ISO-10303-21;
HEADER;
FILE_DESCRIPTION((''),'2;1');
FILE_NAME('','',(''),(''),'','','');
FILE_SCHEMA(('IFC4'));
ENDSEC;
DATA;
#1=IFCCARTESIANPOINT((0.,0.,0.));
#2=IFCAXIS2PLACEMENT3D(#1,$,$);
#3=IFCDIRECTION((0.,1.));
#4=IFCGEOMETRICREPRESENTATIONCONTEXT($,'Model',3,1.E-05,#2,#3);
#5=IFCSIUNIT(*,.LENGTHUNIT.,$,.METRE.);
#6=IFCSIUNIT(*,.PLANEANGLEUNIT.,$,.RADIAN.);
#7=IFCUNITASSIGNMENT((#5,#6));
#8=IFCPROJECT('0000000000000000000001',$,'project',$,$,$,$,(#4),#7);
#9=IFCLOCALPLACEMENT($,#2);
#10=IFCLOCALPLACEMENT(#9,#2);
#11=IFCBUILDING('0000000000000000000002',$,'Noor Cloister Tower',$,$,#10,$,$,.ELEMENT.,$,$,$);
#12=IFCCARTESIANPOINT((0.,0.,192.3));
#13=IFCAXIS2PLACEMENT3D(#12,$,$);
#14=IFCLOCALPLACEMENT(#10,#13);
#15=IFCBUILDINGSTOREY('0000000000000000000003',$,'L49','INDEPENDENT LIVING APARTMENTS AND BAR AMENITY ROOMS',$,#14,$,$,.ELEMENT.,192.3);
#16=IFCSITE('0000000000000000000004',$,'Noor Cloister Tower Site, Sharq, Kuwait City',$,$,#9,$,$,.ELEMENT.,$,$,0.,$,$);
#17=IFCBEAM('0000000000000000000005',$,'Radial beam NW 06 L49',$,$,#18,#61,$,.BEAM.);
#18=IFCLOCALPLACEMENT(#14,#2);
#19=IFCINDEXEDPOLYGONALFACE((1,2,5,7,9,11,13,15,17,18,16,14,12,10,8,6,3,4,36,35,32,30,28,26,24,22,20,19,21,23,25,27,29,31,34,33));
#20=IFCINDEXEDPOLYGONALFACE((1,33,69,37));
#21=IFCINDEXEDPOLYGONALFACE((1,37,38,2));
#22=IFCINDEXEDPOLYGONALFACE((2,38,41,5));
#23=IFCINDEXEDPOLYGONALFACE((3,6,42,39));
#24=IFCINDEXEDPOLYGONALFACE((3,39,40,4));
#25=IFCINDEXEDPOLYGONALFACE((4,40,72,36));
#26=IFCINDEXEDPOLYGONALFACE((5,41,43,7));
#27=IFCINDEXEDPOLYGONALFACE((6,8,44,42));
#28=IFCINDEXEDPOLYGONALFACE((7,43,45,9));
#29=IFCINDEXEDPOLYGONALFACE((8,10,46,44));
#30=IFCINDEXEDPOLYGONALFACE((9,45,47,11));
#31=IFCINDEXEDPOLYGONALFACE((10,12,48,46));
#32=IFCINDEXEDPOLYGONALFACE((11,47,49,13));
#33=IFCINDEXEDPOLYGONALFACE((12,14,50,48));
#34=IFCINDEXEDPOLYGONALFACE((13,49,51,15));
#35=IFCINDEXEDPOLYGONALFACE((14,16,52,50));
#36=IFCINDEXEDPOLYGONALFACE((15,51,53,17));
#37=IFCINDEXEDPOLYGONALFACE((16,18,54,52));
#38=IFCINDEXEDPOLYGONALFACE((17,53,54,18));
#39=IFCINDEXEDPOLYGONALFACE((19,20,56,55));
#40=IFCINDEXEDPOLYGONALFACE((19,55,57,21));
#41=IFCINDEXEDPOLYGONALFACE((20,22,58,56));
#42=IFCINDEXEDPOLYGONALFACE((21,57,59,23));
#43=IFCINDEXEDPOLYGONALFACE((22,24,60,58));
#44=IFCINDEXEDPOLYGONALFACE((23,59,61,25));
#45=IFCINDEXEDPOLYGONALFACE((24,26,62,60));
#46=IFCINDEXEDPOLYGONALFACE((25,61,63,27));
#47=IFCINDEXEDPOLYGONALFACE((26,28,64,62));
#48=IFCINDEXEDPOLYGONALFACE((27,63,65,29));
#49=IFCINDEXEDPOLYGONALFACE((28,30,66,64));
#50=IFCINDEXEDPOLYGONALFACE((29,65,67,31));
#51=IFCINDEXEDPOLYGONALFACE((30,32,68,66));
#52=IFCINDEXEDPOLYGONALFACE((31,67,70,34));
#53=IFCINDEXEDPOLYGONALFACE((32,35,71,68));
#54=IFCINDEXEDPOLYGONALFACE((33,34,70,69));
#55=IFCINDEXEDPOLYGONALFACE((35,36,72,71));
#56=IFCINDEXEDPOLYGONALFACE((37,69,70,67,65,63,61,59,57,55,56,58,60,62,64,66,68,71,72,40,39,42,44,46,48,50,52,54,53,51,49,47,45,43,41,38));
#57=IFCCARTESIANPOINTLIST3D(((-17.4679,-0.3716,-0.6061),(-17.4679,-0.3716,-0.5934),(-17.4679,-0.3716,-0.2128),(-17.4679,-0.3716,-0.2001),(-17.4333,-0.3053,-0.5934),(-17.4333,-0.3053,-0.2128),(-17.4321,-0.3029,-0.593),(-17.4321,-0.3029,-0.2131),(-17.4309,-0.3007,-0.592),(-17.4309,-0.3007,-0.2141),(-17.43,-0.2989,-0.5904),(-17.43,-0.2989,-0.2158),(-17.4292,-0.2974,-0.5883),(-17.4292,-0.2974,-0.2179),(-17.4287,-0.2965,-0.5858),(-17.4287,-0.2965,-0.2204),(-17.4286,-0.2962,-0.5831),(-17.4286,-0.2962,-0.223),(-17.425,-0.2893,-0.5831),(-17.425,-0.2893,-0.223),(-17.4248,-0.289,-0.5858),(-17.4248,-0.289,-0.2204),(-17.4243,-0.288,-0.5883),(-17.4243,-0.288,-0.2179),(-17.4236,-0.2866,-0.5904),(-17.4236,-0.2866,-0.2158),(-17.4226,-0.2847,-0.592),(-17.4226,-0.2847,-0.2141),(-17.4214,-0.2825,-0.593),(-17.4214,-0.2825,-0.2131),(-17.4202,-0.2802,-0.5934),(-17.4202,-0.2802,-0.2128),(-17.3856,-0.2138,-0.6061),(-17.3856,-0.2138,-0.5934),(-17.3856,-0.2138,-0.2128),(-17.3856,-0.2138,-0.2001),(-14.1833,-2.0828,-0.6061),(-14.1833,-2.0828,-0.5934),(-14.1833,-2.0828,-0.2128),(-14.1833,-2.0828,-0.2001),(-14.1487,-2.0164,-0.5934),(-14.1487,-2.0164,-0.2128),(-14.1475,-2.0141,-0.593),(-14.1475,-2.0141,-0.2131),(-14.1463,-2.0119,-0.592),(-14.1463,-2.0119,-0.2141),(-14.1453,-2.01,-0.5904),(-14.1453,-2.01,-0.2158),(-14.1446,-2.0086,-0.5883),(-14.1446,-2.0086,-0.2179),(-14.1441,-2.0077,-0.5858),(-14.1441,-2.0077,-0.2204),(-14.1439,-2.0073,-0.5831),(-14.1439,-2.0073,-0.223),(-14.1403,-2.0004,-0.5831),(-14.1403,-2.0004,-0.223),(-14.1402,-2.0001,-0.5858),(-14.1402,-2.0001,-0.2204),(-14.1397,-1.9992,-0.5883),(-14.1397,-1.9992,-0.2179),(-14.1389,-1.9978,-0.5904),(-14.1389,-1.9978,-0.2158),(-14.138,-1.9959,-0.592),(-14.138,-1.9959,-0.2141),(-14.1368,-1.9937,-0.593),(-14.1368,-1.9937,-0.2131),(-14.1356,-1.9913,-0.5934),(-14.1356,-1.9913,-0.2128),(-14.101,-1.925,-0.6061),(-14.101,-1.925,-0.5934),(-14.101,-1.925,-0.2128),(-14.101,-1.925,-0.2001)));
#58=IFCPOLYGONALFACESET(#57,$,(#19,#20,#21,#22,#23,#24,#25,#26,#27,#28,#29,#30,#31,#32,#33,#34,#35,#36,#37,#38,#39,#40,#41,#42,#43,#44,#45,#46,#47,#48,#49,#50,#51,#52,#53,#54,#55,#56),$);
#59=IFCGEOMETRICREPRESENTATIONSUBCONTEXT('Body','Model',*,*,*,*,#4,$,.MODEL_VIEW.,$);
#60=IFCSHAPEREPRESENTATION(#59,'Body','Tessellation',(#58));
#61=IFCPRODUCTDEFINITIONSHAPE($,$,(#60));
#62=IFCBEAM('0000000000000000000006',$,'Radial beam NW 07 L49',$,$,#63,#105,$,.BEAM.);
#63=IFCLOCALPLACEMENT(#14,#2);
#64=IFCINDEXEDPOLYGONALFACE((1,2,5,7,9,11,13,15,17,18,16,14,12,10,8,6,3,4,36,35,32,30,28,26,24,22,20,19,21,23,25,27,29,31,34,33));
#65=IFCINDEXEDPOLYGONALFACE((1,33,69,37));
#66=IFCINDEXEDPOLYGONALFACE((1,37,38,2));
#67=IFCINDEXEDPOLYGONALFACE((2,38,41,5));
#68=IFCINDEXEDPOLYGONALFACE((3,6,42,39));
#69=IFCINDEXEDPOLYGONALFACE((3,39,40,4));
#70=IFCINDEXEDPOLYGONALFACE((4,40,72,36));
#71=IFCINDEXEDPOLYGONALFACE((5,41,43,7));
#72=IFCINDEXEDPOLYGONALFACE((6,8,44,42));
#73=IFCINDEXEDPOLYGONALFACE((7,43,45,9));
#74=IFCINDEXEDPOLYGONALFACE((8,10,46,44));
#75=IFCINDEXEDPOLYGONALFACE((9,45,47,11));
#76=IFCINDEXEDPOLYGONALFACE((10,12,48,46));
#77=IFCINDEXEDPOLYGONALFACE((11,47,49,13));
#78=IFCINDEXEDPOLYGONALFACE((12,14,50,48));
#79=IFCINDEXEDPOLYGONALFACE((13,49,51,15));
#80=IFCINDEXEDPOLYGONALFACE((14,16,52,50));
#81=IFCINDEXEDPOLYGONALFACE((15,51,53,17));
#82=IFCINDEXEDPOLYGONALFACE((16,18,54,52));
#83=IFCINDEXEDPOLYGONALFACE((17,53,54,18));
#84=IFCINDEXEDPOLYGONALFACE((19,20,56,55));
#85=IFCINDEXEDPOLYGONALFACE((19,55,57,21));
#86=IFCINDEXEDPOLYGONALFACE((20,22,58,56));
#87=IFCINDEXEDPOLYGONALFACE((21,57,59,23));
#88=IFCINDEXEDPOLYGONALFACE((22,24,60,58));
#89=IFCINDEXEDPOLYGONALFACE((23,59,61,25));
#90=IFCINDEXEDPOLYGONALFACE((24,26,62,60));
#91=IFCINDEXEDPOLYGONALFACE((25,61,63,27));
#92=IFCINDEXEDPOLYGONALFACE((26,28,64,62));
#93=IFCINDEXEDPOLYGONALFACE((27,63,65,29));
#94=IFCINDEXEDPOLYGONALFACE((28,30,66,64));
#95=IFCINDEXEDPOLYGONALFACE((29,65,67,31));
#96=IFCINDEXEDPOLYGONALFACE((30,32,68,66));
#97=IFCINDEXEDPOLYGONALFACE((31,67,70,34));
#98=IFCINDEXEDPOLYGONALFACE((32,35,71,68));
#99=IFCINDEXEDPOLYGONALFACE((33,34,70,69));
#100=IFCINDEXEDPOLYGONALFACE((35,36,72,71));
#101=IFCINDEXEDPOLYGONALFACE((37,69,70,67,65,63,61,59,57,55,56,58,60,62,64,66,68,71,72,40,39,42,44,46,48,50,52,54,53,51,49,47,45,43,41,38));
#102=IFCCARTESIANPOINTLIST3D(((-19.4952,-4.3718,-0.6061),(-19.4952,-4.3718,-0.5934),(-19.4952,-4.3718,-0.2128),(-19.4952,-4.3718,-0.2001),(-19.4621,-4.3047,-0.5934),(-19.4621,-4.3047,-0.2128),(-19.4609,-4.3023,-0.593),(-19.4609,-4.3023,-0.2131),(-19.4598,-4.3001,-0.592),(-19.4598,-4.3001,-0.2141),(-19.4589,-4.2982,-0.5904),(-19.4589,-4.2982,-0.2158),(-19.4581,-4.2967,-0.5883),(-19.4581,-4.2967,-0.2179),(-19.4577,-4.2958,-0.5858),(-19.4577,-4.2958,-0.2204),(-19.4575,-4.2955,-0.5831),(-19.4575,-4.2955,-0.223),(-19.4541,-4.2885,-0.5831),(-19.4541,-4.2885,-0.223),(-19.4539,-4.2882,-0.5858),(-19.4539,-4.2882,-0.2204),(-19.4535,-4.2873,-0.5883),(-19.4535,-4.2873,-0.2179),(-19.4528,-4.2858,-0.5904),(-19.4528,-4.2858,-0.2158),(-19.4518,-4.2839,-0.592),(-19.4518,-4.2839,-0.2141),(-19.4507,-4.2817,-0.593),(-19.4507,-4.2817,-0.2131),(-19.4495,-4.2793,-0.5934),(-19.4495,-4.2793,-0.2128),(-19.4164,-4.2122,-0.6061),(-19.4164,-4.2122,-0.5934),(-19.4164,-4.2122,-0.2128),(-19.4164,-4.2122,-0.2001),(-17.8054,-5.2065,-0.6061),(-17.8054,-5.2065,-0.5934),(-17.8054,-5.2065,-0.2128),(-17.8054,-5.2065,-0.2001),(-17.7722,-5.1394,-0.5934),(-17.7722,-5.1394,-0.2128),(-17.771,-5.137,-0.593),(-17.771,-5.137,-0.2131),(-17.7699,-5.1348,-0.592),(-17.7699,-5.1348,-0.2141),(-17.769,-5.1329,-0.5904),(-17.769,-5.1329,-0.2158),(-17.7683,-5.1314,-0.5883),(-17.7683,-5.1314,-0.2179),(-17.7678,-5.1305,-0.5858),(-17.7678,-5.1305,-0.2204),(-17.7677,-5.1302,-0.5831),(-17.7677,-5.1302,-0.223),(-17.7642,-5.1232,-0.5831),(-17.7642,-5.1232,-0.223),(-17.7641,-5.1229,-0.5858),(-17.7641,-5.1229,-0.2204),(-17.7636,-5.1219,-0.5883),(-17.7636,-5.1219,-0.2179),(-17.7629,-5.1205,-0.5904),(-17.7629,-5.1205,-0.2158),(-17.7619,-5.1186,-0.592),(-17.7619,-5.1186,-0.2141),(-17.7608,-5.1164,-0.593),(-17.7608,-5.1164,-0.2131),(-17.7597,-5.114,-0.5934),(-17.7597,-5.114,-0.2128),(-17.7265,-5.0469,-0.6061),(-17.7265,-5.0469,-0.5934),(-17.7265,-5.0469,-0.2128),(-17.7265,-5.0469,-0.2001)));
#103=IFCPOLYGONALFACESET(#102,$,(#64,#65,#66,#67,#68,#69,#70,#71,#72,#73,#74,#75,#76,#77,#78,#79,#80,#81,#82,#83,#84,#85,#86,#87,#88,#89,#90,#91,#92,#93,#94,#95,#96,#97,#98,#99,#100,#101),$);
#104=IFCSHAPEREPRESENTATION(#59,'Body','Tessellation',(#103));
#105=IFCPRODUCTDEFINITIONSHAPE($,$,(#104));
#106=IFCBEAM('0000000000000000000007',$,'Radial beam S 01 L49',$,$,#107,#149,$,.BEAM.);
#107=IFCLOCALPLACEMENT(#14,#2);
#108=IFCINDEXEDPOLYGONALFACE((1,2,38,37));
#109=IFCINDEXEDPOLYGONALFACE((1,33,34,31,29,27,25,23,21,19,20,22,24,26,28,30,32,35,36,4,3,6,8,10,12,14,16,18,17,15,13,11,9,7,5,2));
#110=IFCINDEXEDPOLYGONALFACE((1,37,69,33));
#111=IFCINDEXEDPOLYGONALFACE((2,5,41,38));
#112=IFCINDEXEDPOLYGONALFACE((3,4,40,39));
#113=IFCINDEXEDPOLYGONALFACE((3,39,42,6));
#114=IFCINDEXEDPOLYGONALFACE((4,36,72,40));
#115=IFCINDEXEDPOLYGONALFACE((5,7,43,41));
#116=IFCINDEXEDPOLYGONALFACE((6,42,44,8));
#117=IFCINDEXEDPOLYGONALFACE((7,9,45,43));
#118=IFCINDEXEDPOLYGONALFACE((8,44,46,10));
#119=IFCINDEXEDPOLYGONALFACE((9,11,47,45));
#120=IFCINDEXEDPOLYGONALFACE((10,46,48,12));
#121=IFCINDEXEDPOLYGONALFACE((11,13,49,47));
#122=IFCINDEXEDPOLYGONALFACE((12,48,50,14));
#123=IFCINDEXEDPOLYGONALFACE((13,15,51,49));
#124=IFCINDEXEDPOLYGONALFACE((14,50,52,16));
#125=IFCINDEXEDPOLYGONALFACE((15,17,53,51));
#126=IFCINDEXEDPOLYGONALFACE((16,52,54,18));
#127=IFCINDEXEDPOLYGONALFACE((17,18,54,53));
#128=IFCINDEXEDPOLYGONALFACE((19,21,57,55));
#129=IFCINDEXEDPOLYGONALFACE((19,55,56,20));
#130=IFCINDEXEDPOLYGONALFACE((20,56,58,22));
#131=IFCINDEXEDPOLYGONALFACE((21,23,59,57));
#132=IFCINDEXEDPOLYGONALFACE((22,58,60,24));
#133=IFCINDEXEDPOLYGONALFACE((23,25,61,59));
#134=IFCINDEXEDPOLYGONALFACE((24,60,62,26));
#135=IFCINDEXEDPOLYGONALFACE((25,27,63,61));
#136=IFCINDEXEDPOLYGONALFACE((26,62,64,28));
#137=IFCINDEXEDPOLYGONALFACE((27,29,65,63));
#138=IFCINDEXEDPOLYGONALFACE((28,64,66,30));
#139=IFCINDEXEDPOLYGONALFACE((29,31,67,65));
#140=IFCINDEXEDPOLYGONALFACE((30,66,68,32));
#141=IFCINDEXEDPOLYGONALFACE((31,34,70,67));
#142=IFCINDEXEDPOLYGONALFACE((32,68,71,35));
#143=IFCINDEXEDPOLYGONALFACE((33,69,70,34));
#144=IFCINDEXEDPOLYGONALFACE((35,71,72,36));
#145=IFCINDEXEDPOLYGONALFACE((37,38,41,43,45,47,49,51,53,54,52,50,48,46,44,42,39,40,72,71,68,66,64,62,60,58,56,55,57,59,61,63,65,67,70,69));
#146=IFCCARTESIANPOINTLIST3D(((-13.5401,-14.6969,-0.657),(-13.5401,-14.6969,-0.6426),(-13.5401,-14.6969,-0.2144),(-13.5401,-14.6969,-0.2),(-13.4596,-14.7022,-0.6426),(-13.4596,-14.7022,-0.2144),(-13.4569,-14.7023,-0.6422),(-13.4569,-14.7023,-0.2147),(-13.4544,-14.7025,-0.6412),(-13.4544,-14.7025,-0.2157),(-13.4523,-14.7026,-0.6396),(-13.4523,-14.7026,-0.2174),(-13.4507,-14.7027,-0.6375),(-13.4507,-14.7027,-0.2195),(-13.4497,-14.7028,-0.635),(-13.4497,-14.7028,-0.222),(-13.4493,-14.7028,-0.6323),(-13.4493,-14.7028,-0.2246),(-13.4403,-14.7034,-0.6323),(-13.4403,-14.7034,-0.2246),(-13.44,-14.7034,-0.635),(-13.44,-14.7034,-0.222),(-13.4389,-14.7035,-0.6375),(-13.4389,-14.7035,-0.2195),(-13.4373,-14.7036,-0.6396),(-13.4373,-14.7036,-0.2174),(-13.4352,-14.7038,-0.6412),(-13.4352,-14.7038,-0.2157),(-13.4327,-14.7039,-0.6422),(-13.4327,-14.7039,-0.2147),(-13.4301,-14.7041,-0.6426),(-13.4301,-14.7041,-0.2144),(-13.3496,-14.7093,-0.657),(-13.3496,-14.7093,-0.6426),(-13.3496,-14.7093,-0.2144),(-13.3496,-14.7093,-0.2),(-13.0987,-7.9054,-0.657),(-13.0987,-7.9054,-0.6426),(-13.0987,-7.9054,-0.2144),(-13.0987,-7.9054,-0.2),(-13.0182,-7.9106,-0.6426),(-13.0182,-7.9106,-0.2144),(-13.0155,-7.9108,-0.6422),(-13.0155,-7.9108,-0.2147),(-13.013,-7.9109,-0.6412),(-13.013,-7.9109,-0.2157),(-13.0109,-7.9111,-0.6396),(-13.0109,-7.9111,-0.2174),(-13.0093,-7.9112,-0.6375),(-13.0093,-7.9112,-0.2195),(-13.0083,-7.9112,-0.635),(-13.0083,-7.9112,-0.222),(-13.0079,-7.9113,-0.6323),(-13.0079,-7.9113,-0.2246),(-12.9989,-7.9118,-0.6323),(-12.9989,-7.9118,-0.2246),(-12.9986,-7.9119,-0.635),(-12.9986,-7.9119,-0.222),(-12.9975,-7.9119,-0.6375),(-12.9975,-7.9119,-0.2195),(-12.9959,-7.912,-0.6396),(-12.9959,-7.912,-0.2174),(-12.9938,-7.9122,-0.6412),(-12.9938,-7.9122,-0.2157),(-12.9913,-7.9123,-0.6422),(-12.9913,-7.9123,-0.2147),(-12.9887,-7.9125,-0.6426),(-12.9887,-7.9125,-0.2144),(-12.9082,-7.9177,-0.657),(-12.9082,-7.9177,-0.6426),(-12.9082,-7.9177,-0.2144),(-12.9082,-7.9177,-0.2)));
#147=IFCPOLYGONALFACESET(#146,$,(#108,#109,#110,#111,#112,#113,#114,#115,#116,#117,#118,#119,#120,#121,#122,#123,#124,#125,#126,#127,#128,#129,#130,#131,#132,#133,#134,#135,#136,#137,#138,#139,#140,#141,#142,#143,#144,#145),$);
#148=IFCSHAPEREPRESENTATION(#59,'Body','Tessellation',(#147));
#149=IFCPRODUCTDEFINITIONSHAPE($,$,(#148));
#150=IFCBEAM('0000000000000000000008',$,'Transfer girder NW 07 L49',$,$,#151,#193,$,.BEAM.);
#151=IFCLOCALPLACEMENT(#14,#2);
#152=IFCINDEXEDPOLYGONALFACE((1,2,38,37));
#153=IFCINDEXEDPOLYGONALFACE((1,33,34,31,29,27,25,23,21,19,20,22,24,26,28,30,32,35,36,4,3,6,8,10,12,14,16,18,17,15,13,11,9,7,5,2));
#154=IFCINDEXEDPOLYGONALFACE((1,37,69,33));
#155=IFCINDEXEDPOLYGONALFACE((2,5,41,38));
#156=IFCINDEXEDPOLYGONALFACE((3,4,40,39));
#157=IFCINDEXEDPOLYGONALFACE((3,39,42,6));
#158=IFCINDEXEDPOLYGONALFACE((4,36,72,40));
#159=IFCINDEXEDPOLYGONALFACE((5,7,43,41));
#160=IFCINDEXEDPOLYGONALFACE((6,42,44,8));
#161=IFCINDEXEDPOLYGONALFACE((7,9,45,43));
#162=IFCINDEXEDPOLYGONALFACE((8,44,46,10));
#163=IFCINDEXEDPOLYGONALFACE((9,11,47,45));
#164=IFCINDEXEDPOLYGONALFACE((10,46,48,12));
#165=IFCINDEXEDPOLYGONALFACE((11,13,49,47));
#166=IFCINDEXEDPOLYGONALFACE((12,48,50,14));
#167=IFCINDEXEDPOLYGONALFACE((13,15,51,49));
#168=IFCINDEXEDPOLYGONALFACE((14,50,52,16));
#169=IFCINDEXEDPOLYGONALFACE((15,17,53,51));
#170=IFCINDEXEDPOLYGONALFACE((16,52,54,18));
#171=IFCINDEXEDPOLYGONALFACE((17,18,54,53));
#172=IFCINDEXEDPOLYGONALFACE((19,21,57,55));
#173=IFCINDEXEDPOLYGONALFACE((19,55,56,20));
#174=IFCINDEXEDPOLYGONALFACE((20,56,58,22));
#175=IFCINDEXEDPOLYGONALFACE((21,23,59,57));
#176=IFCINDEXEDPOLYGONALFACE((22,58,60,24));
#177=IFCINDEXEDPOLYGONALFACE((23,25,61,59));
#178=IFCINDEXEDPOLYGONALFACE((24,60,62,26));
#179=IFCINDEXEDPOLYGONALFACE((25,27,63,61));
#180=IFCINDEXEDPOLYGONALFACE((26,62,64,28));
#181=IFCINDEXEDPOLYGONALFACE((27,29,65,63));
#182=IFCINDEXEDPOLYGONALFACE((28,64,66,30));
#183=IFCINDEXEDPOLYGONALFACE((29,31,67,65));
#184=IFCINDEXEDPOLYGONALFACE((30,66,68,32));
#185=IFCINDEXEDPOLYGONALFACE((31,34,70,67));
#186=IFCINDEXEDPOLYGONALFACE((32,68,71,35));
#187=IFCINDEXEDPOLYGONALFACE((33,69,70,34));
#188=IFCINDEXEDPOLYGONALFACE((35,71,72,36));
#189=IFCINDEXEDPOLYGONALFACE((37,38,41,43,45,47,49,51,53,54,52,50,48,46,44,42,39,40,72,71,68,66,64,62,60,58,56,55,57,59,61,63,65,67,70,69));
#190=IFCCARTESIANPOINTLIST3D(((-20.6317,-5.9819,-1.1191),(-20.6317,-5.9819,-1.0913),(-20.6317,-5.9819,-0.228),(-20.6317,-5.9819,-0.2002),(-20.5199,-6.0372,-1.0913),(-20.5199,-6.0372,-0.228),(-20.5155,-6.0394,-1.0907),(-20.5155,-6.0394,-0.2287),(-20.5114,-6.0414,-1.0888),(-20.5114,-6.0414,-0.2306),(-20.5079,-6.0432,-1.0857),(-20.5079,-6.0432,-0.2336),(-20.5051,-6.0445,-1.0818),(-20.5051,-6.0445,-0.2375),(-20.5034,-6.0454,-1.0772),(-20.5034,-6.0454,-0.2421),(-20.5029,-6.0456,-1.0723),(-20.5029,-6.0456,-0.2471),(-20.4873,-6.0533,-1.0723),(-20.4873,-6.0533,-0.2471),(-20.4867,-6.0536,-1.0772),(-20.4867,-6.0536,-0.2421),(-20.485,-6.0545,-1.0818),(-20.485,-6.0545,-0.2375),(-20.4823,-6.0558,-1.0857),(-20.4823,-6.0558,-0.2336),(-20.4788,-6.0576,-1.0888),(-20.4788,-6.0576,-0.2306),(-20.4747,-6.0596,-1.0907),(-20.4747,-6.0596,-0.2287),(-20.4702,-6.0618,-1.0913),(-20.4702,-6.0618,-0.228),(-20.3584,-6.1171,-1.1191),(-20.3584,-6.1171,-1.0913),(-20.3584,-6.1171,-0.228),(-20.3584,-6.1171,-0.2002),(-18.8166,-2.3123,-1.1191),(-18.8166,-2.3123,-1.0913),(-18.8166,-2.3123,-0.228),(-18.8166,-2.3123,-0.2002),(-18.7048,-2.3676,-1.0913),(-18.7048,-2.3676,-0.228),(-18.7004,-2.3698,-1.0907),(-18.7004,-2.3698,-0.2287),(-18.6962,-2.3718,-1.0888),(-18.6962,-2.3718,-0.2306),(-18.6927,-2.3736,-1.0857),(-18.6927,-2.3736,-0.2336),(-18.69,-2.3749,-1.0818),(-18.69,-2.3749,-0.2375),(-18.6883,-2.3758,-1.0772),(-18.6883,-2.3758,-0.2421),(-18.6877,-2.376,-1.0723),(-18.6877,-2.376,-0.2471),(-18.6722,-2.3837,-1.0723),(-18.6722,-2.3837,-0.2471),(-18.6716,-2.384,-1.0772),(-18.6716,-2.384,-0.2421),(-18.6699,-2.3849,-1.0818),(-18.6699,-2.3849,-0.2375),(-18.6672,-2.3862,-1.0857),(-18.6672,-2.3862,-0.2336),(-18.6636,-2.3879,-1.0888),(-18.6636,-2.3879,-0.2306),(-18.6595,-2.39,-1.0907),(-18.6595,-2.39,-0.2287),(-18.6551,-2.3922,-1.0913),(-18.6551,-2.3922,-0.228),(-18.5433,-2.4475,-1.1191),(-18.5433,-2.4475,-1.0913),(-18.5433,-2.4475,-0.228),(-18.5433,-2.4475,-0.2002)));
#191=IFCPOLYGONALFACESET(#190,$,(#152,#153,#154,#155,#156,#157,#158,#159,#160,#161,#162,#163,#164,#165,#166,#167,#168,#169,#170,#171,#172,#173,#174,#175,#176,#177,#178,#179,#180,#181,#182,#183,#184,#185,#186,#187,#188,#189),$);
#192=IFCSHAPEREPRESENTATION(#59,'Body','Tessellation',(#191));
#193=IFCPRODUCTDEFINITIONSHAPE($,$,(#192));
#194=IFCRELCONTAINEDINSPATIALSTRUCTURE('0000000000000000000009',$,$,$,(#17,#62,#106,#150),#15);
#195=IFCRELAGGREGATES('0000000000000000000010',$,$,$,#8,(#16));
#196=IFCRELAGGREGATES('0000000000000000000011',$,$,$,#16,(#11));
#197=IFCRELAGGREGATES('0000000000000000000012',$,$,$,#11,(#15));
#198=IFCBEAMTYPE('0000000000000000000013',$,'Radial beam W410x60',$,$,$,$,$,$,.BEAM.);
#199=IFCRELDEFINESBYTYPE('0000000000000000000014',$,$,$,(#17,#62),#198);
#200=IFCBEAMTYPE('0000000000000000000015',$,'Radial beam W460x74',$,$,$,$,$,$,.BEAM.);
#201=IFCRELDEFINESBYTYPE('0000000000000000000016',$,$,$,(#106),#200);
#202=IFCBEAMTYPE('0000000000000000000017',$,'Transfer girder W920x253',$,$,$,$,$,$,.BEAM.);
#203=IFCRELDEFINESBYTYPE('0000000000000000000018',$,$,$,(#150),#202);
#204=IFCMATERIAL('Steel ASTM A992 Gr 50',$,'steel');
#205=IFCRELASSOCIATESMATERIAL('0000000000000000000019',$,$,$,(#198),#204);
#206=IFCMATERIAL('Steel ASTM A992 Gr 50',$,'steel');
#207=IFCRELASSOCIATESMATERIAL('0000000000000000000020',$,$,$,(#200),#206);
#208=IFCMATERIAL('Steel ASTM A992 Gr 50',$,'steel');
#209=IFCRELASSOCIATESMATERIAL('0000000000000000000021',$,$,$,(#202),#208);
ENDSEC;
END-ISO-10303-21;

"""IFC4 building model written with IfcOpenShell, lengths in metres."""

from ifc_helpers import new_model, si_unit, direction, frame, origin, origin_2d, place, context, subcontext, project, spatial, i_section, extrude, material, material_profile, profile_set, type_object, element, save


model = new_model("IFC4")

# Units and contexts
model_context = context("Model", 3, precision=1e-05, world=origin(), true_north=direction((0.0, 1.0)))
body_context = subcontext(model_context, "Body", "Model", "MODEL_VIEW")
ifc_project = project(units=[si_unit("LENGTHUNIT", "METRE"), si_unit("PLANEANGLEUNIT", "RADIAN")], contexts=[model_context])

# Site, building, storey
site_placement = place(None, origin())
site = spatial("IfcSite", under=ifc_project, at=site_placement, Name="Noor Cloister Tower Site, Sharq, Kuwait City", CompositionType="ELEMENT", RefElevation=0.0)
building_placement = place(site_placement, origin())
building = spatial("IfcBuilding", under=site, at=building_placement, Name="Noor Cloister Tower", CompositionType="ELEMENT")
storey_placement = place(building_placement, frame((0.0, 0.0, 192.3)))
storey = spatial("IfcBuildingStorey", under=building, at=storey_placement, Name="L49", Description="INDEPENDENT LIVING APARTMENTS AND BAR AMENITY ROOMS", CompositionType="ELEMENT", Elevation=192.3)

# Beams
ifc_material_1 = material(Name="Steel ASTM A992 Gr 50", Category="steel")
ifc_material_profile_1 = material_profile(ifc_material_1, i_section(OverallWidth=0.178, OverallDepth=0.406, WebThickness=0.0078, FlangeThickness=0.0127, FilletRadius=0.0103, at=origin_2d()), Name="W410x60")
ifc_profile_set_1 = profile_set([ifc_material_profile_1], Name="Steel ASTM A992 Gr 50")
beam_type_1 = type_object("IfcBeamType", Name="Radial beam W410x60", PredefinedType="BEAM", material=ifc_profile_set_1)
beam_1_placement = place(storey_placement, frame((-17.4268, -0.2927, -0.4031), z_axis=(0.886868, -0.462023, 0.0), x_axis=(0.462023, 0.886868, 0.0)))
element("IfcBeam", 1, at=beam_1_placement, inside=storey, type_object=beam_type_1, Name="Radial beam NW 06 L49", PredefinedType="BEAM", context=body_context, shape_type="SweptSolid", body=[
    extrude(i_section(OverallWidth=0.178, OverallDepth=0.406, WebThickness=0.0078, FlangeThickness=0.0127, FilletRadius=0.0103, at=origin_2d()), origin(), (0.0, 0.0, 1.0), 3.7036),
])
beam_2_placement = place(storey_placement, frame((-19.4558, -4.292, -0.4031), z_axis=(0.896593, -0.442856, 0.0), x_axis=(0.442856, 0.896593, 0.0)))
element("IfcBeam", 2, at=beam_2_placement, inside=storey, type_object=beam_type_1, Name="Radial beam NW 07 L49", PredefinedType="BEAM", context=body_context, shape_type="SweptSolid", body=[
    extrude(i_section(OverallWidth=0.178, OverallDepth=0.406, WebThickness=0.0078, FlangeThickness=0.0127, FilletRadius=0.0103, at=origin_2d()), origin(), (0.0, 0.0, 1.0), 1.8848),
])
ifc_material_2 = material(Name="Steel ASTM A992 Gr 50", Category="steel")
ifc_material_profile_2 = material_profile(ifc_material_2, i_section(OverallWidth=0.1909, OverallDepth=0.457, WebThickness=0.009, FlangeThickness=0.0144, FilletRadius=0.0103, at=origin_2d()), Name="W460x74")
ifc_profile_set_2 = profile_set([ifc_material_profile_2], Name="Steel ASTM A992 Gr 50")
beam_type_2 = type_object("IfcBeamType", Name="Radial beam W460x74", PredefinedType="BEAM", material=ifc_profile_set_2)
beam_3_placement = place(storey_placement, frame((-13.4448, -14.7031, -0.4285), z_axis=(0.064857, 0.997895, 0.0), x_axis=(-0.997895, 0.064857, 0.0)))
element("IfcBeam", 3, at=beam_3_placement, inside=storey, type_object=beam_type_2, Name="Radial beam S 01 L49", PredefinedType="BEAM", context=body_context, shape_type="SweptSolid", body=[
    extrude(i_section(OverallWidth=0.1909, OverallDepth=0.457, WebThickness=0.009, FlangeThickness=0.0144, FilletRadius=0.0103, at=origin_2d()), origin(), (0.0, 0.0, 1.0), 6.8059),
])
ifc_material_3 = material(Name="Steel ASTM A992 Gr 50", Category="steel")
ifc_material_profile_3 = material_profile(ifc_material_3, i_section(OverallWidth=0.3049, OverallDepth=0.9189, WebThickness=0.0173, FlangeThickness=0.0278, FilletRadius=0.019, at=origin_2d()), Name="W920x253")
ifc_profile_set_3 = profile_set([ifc_material_profile_3], Name="Steel ASTM A992 Gr 50")
beam_type_3 = type_object("IfcBeamType", Name="Transfer girder W920x253", PredefinedType="BEAM", material=ifc_profile_set_3)
beam_4_placement = place(storey_placement, frame((-18.6799, -2.3799, -0.6597), z_axis=(-0.443369, -0.896339, 0.0), x_axis=(0.896339, -0.443369, 0.0)))
element("IfcBeam", 4, at=beam_4_placement, inside=storey, type_object=beam_type_3, Name="Transfer girder NW 07 L49", PredefinedType="BEAM", context=body_context, shape_type="SweptSolid", body=[
    extrude(i_section(OverallWidth=0.3049, OverallDepth=0.9189, WebThickness=0.0173, FlangeThickness=0.0278, FilletRadius=0.019, at=origin_2d()), origin(), (0.0, 0.0, 1.0), 4.094),
])

save(model, "model.ifc")
